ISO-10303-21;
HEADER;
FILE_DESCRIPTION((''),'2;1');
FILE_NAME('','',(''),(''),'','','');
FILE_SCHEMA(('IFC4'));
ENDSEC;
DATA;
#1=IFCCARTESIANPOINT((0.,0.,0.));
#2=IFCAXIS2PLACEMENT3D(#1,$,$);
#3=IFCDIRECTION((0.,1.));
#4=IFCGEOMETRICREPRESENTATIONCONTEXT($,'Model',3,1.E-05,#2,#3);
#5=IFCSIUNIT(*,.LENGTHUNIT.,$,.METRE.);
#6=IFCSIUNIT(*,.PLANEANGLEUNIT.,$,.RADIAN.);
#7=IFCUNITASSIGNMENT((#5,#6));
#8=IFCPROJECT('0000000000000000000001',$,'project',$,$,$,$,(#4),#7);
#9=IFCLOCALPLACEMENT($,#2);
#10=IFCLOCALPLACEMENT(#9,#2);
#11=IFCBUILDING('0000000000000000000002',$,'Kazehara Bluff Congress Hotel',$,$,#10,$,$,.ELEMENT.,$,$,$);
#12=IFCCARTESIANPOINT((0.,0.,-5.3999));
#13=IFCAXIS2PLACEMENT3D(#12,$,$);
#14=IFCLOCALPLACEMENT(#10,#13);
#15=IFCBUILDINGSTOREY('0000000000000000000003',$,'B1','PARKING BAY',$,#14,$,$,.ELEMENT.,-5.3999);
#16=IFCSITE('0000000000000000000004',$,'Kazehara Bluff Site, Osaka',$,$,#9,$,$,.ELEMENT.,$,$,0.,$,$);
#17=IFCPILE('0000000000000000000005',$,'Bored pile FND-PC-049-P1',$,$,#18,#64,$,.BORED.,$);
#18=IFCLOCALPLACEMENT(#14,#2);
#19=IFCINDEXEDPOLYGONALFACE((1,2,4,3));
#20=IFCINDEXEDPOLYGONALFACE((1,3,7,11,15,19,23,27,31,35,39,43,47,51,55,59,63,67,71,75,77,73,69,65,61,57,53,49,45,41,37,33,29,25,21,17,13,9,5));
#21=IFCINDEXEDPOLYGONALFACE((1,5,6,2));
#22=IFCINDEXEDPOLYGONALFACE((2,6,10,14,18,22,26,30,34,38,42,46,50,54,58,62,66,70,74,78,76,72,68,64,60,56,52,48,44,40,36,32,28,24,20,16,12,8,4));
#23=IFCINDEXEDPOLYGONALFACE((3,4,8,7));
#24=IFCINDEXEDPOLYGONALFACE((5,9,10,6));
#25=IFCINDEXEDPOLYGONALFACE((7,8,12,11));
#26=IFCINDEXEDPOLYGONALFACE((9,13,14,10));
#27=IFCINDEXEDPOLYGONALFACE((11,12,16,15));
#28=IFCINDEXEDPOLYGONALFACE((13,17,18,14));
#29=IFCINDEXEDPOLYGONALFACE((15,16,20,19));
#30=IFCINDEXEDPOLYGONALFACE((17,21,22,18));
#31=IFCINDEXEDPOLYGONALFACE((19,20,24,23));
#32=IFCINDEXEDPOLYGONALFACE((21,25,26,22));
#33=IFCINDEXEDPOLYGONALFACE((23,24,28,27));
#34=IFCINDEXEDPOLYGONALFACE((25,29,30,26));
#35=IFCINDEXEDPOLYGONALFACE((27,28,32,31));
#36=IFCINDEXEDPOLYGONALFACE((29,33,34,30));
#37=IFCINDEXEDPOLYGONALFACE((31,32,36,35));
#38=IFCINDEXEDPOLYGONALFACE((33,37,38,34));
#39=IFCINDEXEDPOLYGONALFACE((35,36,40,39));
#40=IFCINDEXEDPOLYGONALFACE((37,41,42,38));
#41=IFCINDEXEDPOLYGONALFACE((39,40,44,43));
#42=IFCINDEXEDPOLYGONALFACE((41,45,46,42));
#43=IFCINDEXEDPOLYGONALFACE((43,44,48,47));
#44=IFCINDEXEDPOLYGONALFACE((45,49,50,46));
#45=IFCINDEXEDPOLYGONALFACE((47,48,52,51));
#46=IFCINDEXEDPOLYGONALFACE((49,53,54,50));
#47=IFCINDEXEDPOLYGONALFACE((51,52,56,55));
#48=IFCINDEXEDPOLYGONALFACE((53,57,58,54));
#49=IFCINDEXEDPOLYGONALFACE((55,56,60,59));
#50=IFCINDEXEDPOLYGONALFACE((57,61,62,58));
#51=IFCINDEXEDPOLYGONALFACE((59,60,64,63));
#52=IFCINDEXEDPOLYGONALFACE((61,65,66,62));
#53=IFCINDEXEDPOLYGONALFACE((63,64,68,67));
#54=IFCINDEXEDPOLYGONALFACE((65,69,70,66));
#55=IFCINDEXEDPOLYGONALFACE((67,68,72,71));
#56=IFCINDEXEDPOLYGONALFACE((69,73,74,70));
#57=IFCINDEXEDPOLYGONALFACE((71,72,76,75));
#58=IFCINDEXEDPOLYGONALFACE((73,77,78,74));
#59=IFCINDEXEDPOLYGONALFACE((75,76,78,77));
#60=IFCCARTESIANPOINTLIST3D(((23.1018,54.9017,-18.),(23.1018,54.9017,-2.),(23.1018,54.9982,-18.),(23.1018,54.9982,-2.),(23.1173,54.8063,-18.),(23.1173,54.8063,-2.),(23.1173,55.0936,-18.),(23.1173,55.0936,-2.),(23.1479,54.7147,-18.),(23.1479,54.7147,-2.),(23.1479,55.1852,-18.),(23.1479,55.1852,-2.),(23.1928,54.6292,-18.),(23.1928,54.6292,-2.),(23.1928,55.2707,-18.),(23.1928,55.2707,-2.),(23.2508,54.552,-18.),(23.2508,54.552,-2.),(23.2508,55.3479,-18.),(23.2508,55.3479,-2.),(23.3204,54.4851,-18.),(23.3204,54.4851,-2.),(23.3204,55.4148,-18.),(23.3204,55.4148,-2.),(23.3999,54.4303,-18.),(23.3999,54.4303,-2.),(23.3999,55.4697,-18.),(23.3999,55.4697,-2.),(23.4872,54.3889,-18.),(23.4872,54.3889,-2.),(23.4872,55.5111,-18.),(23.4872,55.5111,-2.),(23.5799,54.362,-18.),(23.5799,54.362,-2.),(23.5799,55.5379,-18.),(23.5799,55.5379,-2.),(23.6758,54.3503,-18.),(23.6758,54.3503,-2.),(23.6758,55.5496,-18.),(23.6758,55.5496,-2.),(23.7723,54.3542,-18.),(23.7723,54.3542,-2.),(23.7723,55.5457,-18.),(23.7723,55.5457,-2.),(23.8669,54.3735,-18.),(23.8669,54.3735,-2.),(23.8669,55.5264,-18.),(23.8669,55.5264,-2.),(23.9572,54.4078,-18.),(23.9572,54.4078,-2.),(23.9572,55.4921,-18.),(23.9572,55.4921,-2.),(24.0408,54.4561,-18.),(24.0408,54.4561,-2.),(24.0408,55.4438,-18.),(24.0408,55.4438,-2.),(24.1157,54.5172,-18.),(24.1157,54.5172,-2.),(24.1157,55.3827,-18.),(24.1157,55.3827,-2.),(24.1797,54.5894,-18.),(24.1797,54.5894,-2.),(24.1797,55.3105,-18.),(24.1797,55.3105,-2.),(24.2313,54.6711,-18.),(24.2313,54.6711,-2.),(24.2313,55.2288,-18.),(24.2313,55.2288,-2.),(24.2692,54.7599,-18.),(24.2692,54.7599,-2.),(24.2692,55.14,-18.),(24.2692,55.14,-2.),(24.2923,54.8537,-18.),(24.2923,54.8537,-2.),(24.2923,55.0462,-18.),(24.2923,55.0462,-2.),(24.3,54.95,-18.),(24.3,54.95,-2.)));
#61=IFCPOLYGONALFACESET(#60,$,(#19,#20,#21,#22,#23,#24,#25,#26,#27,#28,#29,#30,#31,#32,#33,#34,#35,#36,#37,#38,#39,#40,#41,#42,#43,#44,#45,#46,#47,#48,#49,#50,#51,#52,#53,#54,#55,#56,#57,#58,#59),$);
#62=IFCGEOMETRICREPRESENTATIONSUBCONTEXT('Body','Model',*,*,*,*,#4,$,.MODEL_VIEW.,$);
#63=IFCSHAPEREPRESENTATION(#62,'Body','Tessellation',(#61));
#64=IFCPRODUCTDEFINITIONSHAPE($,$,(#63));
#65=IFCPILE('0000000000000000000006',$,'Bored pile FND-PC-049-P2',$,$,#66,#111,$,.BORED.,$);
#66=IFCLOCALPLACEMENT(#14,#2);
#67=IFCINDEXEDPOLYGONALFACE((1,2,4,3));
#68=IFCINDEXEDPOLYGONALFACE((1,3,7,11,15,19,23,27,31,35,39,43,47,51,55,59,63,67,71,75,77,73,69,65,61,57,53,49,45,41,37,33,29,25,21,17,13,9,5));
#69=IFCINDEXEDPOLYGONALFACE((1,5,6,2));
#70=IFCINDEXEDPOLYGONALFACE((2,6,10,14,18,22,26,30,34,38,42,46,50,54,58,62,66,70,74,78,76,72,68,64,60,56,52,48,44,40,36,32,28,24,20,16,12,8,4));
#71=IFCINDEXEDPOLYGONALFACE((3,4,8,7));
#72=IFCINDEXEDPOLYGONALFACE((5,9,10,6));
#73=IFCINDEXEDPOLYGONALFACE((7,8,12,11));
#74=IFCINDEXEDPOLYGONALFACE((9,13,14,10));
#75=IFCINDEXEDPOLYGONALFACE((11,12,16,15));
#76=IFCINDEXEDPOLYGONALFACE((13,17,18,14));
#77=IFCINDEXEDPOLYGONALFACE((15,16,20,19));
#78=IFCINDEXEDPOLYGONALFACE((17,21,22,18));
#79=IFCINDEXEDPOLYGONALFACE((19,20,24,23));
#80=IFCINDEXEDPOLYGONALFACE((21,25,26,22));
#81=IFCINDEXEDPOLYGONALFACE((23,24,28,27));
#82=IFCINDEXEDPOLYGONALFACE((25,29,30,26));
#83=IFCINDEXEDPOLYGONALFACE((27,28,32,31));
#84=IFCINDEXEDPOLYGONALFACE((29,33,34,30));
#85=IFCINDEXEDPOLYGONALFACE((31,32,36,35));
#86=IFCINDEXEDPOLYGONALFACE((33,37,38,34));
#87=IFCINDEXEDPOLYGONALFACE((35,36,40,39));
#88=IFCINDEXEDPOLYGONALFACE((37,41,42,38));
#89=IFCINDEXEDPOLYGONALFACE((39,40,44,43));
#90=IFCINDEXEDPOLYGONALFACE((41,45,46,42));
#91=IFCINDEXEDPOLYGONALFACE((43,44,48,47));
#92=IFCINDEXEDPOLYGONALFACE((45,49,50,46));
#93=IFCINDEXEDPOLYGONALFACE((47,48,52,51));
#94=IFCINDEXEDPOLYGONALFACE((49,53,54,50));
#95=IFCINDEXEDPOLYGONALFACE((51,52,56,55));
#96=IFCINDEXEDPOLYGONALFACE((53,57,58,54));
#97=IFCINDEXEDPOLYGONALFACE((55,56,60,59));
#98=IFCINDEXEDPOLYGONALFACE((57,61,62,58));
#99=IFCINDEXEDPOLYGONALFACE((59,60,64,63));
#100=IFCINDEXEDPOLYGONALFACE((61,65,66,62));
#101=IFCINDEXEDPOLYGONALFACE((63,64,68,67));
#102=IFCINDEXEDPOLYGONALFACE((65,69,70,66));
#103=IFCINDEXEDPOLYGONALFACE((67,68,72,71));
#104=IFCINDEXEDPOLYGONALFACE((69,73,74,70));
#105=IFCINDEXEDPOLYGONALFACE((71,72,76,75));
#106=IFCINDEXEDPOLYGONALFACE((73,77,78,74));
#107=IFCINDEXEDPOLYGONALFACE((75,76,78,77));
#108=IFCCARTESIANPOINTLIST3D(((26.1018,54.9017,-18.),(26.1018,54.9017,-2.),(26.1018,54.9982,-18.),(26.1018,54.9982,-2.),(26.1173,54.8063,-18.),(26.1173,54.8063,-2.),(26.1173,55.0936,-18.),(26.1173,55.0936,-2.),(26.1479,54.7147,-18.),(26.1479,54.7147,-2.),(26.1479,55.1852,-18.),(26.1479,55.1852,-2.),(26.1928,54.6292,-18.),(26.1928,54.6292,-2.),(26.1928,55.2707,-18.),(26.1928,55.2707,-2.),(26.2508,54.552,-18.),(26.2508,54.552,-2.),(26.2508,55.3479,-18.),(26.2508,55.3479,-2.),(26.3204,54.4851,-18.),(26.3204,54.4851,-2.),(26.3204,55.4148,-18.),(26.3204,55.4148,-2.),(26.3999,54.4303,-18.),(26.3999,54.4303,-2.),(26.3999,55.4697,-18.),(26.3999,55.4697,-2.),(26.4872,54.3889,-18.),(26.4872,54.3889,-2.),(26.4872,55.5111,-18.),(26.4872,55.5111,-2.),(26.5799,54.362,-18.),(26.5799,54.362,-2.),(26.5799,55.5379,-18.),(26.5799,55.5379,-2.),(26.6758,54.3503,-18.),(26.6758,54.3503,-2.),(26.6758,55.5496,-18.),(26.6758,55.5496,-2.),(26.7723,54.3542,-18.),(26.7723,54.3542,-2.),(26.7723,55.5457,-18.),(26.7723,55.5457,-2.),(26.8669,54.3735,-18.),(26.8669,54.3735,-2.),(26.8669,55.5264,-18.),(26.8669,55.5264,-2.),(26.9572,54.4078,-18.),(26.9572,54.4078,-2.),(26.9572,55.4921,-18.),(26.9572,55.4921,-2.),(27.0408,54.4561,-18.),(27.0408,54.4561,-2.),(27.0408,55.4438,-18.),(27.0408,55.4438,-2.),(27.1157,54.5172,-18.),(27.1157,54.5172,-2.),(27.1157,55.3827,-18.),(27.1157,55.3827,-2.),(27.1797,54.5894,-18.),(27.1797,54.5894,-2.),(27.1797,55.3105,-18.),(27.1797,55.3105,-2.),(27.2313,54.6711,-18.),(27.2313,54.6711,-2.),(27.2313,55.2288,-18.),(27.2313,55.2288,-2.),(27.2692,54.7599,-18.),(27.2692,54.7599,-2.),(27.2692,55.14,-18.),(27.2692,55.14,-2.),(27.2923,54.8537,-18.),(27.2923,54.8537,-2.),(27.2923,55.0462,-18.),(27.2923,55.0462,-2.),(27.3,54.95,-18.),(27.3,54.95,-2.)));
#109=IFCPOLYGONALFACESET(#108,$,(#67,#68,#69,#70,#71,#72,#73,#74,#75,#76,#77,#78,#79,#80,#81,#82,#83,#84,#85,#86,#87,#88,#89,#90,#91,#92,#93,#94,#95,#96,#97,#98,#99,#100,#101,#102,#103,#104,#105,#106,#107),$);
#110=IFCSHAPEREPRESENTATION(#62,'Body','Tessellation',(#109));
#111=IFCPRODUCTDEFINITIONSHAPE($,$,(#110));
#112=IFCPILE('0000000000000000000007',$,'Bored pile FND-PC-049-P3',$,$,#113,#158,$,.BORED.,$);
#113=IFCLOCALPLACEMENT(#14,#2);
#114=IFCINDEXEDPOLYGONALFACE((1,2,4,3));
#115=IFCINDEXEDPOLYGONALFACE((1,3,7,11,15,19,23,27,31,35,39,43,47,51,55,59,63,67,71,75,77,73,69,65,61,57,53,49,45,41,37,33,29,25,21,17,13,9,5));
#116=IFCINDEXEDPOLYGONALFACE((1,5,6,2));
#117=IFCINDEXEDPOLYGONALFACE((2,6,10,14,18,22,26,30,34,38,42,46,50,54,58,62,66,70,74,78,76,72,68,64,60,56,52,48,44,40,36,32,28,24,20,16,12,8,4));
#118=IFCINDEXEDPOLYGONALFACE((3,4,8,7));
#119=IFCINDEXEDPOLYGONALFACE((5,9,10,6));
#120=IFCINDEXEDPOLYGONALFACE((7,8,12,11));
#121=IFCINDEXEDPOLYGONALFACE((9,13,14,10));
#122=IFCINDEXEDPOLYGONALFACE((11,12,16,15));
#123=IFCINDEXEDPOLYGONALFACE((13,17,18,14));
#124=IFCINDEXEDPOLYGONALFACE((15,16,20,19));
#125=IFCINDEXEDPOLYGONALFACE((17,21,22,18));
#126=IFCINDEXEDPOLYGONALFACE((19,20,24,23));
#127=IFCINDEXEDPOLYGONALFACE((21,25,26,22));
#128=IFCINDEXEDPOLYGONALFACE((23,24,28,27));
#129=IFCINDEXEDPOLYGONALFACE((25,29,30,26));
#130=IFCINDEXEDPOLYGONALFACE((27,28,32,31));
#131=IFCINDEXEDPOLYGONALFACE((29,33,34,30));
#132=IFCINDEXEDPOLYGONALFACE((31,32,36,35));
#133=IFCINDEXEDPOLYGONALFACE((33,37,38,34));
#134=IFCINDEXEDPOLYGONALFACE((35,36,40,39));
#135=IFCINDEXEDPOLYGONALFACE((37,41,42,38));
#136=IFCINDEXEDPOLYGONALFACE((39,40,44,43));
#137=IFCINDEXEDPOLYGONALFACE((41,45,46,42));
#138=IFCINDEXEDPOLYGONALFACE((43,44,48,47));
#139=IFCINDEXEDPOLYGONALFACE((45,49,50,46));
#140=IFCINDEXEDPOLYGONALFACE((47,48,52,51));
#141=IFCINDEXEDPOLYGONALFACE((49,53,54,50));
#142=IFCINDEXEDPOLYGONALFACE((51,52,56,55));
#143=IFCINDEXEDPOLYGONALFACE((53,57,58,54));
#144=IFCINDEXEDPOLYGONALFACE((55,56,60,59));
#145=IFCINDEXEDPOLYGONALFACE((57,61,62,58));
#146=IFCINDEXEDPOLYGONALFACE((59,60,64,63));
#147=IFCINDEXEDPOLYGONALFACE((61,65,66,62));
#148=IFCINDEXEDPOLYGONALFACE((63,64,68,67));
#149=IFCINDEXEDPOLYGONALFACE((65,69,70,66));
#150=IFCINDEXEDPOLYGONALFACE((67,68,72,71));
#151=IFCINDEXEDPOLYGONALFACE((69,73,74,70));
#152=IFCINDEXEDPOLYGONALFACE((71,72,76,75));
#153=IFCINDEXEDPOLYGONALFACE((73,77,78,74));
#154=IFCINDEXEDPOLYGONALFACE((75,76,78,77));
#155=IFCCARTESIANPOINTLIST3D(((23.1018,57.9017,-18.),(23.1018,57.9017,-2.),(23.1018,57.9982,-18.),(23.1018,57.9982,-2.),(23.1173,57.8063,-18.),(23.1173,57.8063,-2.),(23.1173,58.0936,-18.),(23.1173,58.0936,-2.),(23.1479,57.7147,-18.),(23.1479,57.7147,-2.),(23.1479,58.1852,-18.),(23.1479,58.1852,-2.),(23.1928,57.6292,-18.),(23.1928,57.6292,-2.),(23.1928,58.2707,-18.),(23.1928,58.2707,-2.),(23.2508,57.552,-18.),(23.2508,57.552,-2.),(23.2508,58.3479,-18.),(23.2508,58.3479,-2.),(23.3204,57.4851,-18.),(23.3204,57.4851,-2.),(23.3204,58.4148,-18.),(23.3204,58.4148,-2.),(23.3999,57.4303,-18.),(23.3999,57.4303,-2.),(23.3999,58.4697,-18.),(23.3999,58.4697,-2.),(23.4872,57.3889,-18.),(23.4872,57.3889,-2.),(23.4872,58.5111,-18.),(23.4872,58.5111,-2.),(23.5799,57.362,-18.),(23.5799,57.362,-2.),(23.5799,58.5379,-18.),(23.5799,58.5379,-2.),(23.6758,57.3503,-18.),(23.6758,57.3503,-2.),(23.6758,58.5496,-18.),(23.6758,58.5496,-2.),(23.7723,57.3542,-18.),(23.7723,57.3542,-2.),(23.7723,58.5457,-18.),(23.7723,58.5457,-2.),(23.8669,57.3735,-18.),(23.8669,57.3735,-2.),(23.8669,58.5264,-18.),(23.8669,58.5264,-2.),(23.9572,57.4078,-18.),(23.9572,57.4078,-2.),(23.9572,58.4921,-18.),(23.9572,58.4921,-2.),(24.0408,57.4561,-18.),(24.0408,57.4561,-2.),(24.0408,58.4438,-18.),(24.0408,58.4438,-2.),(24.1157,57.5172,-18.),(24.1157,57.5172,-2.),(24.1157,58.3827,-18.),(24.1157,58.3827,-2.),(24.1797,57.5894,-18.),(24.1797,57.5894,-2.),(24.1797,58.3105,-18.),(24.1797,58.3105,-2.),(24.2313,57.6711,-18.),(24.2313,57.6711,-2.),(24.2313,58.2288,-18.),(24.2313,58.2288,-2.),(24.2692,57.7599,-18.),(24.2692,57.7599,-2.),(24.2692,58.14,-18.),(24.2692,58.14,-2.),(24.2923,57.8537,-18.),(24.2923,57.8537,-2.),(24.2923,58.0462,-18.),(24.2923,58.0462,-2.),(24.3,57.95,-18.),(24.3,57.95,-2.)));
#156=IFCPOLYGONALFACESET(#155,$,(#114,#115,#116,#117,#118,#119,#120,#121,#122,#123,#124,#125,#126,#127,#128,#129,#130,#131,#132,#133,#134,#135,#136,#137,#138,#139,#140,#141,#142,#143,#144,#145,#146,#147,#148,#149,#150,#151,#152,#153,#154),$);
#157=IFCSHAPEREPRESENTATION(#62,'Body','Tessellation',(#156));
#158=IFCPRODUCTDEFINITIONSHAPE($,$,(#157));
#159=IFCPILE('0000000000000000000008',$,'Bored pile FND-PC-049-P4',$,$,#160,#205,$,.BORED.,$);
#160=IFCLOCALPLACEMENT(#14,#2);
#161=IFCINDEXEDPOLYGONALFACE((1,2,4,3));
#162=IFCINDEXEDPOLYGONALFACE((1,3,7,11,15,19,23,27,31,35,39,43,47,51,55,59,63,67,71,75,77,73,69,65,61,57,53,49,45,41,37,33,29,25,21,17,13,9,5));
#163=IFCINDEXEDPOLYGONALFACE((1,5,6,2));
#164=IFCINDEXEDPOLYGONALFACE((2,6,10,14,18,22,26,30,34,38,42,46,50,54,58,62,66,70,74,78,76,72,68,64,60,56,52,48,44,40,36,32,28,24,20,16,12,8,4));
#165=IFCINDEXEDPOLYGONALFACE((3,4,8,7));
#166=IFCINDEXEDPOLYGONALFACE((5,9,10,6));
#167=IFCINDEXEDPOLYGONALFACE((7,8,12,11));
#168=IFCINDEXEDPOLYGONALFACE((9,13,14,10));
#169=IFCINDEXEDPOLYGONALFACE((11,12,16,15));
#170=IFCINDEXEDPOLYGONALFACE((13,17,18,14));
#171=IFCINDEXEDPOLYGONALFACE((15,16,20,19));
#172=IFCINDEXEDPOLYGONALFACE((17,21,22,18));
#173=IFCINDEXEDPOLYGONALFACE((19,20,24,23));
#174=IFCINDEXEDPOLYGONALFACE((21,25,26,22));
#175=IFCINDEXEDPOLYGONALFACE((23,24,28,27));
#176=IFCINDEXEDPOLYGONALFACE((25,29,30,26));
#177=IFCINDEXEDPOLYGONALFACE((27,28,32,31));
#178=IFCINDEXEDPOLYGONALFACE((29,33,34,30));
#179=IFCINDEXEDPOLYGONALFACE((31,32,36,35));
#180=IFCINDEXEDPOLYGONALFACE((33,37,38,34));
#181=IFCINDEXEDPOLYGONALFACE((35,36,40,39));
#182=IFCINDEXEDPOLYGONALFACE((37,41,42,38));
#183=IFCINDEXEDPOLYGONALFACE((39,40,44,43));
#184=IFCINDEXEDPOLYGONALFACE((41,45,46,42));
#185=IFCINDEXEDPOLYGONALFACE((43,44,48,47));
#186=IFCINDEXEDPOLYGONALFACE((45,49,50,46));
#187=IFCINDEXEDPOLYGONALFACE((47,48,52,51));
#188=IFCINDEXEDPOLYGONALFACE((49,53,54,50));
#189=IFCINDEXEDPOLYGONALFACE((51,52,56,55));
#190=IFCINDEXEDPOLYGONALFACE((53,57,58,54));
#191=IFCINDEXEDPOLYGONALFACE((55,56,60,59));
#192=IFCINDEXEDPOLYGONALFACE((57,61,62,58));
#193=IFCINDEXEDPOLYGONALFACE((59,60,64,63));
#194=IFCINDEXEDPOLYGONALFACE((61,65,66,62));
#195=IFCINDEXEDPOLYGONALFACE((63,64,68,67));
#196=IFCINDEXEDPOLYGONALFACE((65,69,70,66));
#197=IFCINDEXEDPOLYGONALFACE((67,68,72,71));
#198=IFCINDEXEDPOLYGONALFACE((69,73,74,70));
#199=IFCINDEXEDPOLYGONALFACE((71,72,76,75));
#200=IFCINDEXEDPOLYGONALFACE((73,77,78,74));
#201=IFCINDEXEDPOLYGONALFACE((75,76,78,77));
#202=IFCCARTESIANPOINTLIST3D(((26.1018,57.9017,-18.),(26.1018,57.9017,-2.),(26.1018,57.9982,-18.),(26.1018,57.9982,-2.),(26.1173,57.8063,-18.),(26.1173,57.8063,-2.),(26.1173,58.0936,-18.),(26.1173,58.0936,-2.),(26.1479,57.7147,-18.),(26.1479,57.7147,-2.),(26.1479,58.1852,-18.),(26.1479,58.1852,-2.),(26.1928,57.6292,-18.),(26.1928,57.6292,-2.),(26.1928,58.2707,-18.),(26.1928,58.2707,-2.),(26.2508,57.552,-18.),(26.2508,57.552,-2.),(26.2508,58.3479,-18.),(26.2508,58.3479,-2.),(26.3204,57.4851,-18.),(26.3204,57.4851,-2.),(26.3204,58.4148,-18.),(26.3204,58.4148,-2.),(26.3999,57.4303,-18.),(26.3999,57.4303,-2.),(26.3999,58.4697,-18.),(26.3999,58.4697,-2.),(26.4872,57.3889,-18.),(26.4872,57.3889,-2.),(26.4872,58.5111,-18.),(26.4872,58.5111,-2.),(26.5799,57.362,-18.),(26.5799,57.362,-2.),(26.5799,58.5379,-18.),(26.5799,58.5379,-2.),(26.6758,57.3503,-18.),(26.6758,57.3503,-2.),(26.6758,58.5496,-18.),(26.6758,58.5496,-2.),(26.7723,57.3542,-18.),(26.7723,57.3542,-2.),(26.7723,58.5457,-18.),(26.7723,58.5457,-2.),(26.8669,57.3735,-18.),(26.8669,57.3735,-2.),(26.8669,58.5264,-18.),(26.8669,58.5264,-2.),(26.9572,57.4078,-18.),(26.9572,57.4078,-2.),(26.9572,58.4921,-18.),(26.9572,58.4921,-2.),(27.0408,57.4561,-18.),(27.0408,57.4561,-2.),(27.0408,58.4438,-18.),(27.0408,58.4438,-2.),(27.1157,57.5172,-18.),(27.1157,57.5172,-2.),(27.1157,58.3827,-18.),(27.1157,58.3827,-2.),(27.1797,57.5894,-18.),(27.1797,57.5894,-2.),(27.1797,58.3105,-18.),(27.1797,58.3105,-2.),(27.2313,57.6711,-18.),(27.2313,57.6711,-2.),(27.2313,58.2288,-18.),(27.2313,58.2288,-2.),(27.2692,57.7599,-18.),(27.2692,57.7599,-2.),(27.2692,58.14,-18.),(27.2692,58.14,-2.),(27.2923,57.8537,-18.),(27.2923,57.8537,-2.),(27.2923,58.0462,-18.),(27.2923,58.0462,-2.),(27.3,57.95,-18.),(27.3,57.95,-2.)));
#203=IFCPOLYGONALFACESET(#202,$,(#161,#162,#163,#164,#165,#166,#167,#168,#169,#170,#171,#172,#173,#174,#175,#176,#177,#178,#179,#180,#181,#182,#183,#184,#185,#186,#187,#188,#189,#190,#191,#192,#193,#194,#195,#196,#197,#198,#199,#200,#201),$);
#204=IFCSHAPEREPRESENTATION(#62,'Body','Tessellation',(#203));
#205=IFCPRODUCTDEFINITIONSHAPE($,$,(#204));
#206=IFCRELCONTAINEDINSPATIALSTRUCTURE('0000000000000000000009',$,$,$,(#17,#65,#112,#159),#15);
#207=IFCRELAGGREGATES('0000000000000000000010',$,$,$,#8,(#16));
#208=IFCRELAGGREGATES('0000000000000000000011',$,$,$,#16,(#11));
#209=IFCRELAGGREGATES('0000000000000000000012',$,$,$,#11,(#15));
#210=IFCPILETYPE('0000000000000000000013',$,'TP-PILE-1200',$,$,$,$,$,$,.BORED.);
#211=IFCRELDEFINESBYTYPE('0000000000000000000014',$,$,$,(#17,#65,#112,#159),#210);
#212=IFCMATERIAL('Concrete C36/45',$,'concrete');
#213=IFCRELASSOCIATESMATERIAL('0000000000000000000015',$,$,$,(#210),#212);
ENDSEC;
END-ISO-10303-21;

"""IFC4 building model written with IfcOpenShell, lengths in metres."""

from ifc_helpers import new_model, si_unit, direction, frame, origin, origin_2d, place, context, subcontext, project, spatial, circle, extrude, material, material_profile, profile_set, type_object, element, save


model = new_model("IFC4")

# Units and contexts
model_context = context("Model", 3, precision=1e-05, world=origin(), true_north=direction((0.0, 1.0)))
body_context = subcontext(model_context, "Body", "Model", "MODEL_VIEW")
ifc_project = project(units=[si_unit("LENGTHUNIT", "METRE"), si_unit("PLANEANGLEUNIT", "RADIAN")], contexts=[model_context])

# Site, building, storey
site_placement = place(None, origin())
site = spatial("IfcSite", under=ifc_project, at=site_placement, Name="Kazehara Bluff Site, Osaka", CompositionType="ELEMENT", RefElevation=0.0)
building_placement = place(site_placement, origin())
building = spatial("IfcBuilding", under=site, at=building_placement, Name="Kazehara Bluff Congress Hotel", CompositionType="ELEMENT")
storey_placement = place(building_placement, frame((0.0, 0.0, -5.3999)))
storey = spatial("IfcBuildingStorey", under=building, at=storey_placement, Name="B1", Description="PARKING BAY", CompositionType="ELEMENT", Elevation=-5.3999)

# Piles
ifc_material_1 = material(Name="Concrete C36/45", Category="concrete")
ifc_material_profile_1 = material_profile(ifc_material_1, circle(Radius=0.6001, at=origin_2d()))
ifc_profile_set_1 = profile_set([ifc_material_profile_1], Name="Concrete C36/45")
pile_type = type_object("IfcPileType", Name="TP-PILE-1200", PredefinedType="BORED", material=ifc_profile_set_1)
for number, where, z_axis, x_axis, name in (
    (1, (23.7, 54.95, -2.0), (0.0, 0.0, -1.0), (1.0, 0.0, 0.0), "Bored pile FND-PC-049-P1"),
    (2, (26.7, 54.95, -2.0), (0.0, 0.0, -1.0), (1.0, 0.0, 0.0), "Bored pile FND-PC-049-P2"),
    (3, (23.7, 57.95, -2.0), (0.0, 0.0, -1.0), (1.0, 0.0, 0.0), "Bored pile FND-PC-049-P3"),
    (4, (26.7, 57.95, -2.0), (0.0, 0.0, -1.0), (1.0, 0.0, 0.0), "Bored pile FND-PC-049-P4"),
):
    element("IfcPile", number, at=place(storey_placement, frame(where, z_axis=z_axis, x_axis=x_axis)), inside=storey, type_object=pile_type, Name=name, PredefinedType="BORED", context=body_context, shape_type="SweptSolid", body=[
        extrude(circle(Radius=0.6001, at=origin_2d()), origin(), (0.0, 0.0, 1.0), 16.0),
    ])

save(model, "model.ifc")
